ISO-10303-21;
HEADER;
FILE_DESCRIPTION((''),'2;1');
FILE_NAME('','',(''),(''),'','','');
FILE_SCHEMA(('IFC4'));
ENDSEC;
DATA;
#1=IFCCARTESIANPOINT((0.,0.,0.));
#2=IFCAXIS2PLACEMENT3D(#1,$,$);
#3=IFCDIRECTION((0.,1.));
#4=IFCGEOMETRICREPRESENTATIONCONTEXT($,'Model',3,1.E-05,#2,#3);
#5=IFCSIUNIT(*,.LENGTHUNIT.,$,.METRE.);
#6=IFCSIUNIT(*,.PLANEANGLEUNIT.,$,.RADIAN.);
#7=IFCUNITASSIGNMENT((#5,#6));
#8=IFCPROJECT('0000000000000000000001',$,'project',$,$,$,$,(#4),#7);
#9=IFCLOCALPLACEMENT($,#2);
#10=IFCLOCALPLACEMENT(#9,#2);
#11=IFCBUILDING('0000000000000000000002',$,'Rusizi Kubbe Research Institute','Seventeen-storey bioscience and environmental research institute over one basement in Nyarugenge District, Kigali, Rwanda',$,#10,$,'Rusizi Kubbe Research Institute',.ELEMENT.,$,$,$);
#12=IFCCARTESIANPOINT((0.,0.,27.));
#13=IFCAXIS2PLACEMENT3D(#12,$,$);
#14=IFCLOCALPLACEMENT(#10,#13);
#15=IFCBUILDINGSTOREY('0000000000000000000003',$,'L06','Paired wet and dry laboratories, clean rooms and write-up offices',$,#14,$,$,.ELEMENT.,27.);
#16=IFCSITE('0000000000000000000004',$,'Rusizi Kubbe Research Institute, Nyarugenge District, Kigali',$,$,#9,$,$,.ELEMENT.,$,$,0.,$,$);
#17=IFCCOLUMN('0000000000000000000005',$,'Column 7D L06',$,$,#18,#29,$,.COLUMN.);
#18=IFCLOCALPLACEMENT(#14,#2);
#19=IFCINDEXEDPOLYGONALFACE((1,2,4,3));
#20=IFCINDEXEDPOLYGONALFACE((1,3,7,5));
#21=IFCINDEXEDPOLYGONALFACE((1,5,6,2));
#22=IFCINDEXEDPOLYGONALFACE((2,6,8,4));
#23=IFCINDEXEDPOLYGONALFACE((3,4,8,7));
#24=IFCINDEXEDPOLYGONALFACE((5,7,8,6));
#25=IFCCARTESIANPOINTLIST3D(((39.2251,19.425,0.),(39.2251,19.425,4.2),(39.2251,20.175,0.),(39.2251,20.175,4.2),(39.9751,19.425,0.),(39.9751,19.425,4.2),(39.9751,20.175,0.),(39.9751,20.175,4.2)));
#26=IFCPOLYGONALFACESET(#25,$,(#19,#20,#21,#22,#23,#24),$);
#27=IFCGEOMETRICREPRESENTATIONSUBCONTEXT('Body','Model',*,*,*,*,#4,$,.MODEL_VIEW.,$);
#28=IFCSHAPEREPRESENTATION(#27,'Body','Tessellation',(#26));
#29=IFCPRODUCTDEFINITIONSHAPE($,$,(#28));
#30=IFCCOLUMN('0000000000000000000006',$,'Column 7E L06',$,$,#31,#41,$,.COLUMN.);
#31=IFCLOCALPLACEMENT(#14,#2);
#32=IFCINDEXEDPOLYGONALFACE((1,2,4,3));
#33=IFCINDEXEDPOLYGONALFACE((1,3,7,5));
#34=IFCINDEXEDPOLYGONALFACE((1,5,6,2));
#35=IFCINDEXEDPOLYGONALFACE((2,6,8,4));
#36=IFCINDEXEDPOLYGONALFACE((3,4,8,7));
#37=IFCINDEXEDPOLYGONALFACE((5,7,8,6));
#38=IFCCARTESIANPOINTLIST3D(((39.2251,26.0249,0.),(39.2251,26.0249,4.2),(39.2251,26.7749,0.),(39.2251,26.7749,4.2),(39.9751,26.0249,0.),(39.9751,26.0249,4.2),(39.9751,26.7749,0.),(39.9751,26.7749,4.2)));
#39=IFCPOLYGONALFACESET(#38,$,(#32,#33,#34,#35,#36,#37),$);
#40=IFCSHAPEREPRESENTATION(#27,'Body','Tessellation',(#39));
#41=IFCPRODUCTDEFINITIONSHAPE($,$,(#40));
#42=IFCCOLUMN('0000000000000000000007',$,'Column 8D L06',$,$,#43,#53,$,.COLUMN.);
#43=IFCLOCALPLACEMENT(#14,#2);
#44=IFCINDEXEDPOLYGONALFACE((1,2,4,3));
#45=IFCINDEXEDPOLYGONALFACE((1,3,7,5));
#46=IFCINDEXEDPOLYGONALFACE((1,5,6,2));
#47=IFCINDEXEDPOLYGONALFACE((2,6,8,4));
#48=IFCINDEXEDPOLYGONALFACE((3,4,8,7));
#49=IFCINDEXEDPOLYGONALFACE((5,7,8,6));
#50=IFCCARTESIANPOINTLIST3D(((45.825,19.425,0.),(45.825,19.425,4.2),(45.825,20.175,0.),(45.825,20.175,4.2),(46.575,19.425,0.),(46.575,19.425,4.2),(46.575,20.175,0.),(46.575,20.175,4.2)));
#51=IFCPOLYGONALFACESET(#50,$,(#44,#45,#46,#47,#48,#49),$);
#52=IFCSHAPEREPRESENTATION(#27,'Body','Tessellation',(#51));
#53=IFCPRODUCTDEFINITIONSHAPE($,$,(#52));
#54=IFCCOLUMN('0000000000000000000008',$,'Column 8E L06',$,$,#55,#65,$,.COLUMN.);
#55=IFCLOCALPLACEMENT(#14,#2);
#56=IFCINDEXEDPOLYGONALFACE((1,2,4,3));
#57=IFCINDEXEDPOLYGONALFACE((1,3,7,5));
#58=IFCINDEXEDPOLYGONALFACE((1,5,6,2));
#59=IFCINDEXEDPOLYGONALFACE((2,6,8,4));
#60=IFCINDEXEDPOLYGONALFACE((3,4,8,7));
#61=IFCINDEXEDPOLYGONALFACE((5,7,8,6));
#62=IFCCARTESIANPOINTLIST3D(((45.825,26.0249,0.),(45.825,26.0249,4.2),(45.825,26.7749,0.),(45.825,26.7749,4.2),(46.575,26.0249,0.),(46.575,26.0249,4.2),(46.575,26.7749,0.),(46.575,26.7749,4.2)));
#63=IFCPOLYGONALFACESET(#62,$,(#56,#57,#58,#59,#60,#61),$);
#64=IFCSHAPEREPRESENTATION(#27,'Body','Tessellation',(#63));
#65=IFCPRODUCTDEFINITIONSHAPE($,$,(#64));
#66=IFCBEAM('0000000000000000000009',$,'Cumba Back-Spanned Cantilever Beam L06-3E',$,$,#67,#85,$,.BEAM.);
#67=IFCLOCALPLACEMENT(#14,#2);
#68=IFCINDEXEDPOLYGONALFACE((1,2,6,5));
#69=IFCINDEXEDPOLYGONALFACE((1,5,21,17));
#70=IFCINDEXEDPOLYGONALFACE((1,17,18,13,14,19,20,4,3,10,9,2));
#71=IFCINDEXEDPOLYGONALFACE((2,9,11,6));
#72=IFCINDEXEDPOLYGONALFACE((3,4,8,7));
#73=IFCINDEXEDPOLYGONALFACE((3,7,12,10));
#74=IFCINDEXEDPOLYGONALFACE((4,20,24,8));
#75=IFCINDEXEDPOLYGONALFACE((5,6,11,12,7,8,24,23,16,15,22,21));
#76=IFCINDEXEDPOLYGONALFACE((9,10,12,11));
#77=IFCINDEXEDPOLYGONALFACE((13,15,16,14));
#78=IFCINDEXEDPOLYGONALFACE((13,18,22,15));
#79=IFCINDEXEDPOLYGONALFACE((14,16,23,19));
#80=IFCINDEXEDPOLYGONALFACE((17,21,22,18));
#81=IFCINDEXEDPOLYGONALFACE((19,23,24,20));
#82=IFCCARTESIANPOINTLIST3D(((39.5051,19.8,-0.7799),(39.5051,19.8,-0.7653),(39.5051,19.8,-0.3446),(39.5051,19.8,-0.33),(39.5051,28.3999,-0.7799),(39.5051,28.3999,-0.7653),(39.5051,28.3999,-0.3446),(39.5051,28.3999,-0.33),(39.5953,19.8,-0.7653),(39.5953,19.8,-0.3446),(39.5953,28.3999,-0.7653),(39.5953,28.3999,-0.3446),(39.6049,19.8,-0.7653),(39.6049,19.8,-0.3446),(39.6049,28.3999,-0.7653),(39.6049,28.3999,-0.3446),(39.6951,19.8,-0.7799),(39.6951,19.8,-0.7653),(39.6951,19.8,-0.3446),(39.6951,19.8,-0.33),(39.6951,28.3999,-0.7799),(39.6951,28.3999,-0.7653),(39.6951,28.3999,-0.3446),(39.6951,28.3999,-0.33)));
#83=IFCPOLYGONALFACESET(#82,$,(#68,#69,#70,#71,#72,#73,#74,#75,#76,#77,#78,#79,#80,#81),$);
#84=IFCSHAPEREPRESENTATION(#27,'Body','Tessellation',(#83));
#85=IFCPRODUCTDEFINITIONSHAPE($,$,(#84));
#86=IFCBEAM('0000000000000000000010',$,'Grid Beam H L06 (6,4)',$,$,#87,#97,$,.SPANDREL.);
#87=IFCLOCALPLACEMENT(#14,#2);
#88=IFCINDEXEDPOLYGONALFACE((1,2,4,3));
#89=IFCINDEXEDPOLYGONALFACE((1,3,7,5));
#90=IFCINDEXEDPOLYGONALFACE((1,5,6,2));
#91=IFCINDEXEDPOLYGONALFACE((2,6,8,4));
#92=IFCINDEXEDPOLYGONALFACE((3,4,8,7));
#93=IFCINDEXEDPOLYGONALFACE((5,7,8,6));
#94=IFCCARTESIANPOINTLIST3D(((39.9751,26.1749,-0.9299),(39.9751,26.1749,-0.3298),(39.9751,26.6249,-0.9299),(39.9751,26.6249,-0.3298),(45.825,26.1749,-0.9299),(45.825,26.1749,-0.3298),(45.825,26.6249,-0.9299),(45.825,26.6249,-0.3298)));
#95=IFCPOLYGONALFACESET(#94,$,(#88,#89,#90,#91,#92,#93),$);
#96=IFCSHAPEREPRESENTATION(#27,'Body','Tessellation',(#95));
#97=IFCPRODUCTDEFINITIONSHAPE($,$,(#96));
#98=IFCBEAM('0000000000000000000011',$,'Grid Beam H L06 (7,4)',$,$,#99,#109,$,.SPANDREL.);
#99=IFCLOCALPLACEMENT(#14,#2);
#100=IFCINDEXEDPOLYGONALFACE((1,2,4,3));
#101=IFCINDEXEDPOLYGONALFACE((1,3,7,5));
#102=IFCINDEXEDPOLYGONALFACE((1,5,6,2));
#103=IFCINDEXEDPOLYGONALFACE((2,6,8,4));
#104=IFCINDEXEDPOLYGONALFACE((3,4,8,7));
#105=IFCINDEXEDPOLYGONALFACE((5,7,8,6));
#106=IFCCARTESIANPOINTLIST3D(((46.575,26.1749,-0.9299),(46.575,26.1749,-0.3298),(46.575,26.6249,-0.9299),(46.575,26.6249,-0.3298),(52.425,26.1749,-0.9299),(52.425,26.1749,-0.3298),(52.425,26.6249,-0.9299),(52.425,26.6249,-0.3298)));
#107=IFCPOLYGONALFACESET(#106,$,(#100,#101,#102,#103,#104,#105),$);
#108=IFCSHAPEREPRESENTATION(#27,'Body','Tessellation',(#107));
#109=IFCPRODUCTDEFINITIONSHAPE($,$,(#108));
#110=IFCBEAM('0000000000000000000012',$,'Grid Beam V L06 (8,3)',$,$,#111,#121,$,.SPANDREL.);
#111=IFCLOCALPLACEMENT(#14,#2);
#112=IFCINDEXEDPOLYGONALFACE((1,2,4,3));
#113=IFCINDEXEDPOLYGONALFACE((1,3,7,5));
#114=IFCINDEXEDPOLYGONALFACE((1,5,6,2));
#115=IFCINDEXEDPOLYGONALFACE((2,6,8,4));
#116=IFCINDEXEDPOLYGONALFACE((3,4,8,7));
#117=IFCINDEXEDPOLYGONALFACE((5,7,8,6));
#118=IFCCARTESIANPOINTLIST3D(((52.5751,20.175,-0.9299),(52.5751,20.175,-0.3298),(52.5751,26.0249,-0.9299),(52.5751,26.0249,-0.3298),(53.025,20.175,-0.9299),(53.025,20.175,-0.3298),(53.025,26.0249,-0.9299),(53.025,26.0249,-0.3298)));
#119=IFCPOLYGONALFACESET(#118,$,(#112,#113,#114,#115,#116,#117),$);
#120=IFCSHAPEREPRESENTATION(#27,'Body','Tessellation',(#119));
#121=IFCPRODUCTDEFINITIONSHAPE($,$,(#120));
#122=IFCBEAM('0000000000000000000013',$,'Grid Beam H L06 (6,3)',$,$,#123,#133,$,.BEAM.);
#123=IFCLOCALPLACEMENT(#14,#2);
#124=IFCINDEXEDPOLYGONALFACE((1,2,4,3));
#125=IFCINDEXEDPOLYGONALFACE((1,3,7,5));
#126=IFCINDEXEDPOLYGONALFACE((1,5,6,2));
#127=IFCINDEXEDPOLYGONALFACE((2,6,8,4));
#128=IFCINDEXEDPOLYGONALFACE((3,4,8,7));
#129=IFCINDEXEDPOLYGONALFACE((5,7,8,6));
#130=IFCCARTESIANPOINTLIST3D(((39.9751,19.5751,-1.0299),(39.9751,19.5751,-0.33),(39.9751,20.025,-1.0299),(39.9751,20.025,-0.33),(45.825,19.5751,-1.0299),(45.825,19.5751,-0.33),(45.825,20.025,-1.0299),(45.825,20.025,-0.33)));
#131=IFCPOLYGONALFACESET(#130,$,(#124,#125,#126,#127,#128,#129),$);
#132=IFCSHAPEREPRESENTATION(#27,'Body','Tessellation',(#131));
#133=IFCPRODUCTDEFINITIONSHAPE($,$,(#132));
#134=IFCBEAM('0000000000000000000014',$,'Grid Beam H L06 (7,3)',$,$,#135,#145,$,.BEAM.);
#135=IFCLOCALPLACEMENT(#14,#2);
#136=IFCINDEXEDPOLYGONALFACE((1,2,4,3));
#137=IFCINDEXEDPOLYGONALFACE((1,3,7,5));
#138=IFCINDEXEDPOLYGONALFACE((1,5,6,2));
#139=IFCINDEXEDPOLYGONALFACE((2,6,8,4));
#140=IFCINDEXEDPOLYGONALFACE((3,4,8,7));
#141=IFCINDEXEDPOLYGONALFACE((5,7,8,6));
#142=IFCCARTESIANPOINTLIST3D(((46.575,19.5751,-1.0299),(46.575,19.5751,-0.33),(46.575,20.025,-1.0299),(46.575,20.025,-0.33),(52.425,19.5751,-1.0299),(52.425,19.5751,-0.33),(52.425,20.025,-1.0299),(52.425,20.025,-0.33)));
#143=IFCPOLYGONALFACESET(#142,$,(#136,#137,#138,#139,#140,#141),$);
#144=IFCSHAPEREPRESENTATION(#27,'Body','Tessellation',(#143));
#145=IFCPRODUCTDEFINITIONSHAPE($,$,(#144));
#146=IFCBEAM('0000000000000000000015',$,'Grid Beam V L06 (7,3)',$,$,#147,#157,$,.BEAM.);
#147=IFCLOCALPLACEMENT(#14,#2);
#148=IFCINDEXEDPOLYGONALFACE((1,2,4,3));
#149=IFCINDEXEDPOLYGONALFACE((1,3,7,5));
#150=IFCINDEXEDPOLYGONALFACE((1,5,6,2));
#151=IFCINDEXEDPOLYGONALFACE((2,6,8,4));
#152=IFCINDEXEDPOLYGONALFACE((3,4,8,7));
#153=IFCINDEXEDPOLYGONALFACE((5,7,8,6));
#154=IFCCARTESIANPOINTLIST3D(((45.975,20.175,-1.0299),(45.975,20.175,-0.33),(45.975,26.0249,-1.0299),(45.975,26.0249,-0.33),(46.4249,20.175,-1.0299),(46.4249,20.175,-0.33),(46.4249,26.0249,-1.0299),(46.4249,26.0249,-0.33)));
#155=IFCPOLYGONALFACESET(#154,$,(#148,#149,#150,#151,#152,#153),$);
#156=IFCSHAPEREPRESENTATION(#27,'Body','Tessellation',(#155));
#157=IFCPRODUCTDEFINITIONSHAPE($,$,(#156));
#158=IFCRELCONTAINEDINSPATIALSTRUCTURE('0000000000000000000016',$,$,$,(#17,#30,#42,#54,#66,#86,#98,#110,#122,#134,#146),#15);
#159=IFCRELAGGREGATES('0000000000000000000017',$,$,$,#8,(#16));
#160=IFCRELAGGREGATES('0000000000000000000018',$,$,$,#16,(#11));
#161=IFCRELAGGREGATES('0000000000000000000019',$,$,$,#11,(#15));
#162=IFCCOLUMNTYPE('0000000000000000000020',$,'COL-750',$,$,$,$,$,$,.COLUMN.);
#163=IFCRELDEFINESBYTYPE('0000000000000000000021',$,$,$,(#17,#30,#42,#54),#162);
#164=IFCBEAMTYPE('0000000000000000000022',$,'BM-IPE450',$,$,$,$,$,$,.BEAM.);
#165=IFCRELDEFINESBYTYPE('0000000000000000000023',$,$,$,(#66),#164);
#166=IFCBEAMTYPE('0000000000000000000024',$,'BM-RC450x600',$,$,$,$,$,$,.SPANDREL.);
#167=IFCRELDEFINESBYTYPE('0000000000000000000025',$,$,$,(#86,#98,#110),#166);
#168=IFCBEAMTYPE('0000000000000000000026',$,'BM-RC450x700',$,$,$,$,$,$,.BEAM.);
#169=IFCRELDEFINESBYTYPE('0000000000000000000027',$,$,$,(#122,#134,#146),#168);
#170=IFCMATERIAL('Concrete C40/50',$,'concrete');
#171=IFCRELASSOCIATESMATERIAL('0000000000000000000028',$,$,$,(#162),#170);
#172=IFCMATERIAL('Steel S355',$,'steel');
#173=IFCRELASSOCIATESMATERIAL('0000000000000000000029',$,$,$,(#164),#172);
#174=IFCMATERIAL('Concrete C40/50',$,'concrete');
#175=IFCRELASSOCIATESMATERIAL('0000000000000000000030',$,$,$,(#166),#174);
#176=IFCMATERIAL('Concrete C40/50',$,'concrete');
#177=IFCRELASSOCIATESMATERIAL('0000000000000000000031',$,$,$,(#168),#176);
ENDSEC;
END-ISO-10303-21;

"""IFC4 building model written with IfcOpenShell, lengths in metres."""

from ifc_helpers import new_model, si_unit, direction, frame, origin, origin_2d, place, context, subcontext, project, spatial, rectangle, i_section, extrude, material, material_profile, profile_set, type_object, element, save


model = new_model("IFC4")

# Units and contexts
model_context = context("Model", 3, precision=1e-05, world=origin(), true_north=direction((0.0, 1.0)))
body_context = subcontext(model_context, "Body", "Model", "MODEL_VIEW")
ifc_project = project(units=[si_unit("LENGTHUNIT", "METRE"), si_unit("PLANEANGLEUNIT", "RADIAN")], contexts=[model_context])

# Site, building, storey
site_placement = place(None, origin())
site = spatial("IfcSite", under=ifc_project, at=site_placement, Name="Rusizi Kubbe Research Institute, Nyarugenge District, Kigali", CompositionType="ELEMENT", RefElevation=0.0)
building_placement = place(site_placement, origin())
building = spatial("IfcBuilding", under=site, at=building_placement, Name="Rusizi Kubbe Research Institute", Description="Seventeen-storey bioscience and environmental research institute over one basement in Nyarugenge District, Kigali, Rwanda", LongName="Rusizi Kubbe Research Institute", CompositionType="ELEMENT")
storey_placement = place(building_placement, frame((0.0, 0.0, 27.0)))
storey = spatial("IfcBuildingStorey", under=building, at=storey_placement, Name="L06", Description="Paired wet and dry laboratories, clean rooms and write-up offices", CompositionType="ELEMENT", Elevation=27.0)

# Columns
ifc_material_1 = material(Name="Concrete C40/50", Category="concrete")
ifc_material_profile_1 = material_profile(ifc_material_1, rectangle(XDim=0.75, YDim=0.75, at=origin_2d()), Name="RC750x750")
ifc_profile_set_1 = profile_set([ifc_material_profile_1], Name="Concrete C40/50")
column_type = type_object("IfcColumnType", Name="COL-750", PredefinedType="COLUMN", material=ifc_profile_set_1)
for number, where, z_axis, x_axis, name in (
    (1, (39.6001, 19.8, 0.0), (0.0, 0.0, 1.0), (1.0, 0.0, 0.0), "Column 7D L06"),
    (2, (39.6001, 26.3999, 0.0), (0.0, 0.0, 1.0), (1.0, 0.0, 0.0), "Column 7E L06"),
    (3, (46.2, 19.8, 0.0), (0.0, 0.0, 1.0), (1.0, 0.0, 0.0), "Column 8D L06"),
    (4, (46.2, 26.3999, 0.0), (0.0, 0.0, 1.0), (1.0, 0.0, 0.0), "Column 8E L06"),
):
    element("IfcColumn", number, at=place(storey_placement, frame(where, z_axis=z_axis, x_axis=x_axis)), inside=storey, type_object=column_type, Name=name, PredefinedType="COLUMN", context=body_context, shape_type="SweptSolid", body=[
        extrude(rectangle(XDim=0.75, YDim=0.75, at=origin_2d()), origin(), (0.0, 0.0, 1.0), 4.2),
    ])

# Beams
ifc_material_2 = material(Name="Steel S355", Category="steel")
ifc_material_profile_2 = material_profile(ifc_material_2, i_section(OverallWidth=0.1899, OverallDepth=0.45, WebThickness=0.0095, FlangeThickness=0.0146, at=origin_2d()), Name="IPE 450")
ifc_profile_set_2 = profile_set([ifc_material_profile_2], Name="Steel S355")
beam_type_1 = type_object("IfcBeamType", Name="BM-IPE450", PredefinedType="BEAM", material=ifc_profile_set_2)
beam_1_placement = place(storey_placement, frame((39.6001, 19.8, -0.5549), z_axis=(0.0, 1.0, 0.0), x_axis=(-1.0, 0.0, 0.0)))
element("IfcBeam", 5, at=beam_1_placement, inside=storey, type_object=beam_type_1, Name="Cumba Back-Spanned Cantilever Beam L06-3E", PredefinedType="BEAM", context=body_context, shape_type="SweptSolid", body=[
    extrude(i_section(OverallWidth=0.1899, OverallDepth=0.45, WebThickness=0.0095, FlangeThickness=0.0146, at=origin_2d()), origin(), (0.0, 0.0, 1.0), 8.5999),
])
ifc_material_3 = material(Name="Concrete C40/50", Category="concrete")
ifc_material_profile_3 = material_profile(ifc_material_3, rectangle(XDim=0.45, YDim=0.6001, at=origin_2d()), Name="RC450x600")
ifc_profile_set_3 = profile_set([ifc_material_profile_3], Name="Concrete C40/50")
beam_type_2 = type_object("IfcBeamType", Name="BM-RC450x600", PredefinedType="SPANDREL", material=ifc_profile_set_3)
beam_2_placement = place(storey_placement, frame((39.9751, 26.3999, -0.6299), z_axis=(1.0, 0.0, 0.0), x_axis=(0.0, 1.0, 0.0)))
element("IfcBeam", 6, at=beam_2_placement, inside=storey, type_object=beam_type_2, Name="Grid Beam H L06 (6,4)", PredefinedType="SPANDREL", context=body_context, shape_type="SweptSolid", body=[
    extrude(rectangle(XDim=0.45, YDim=0.6001, at=origin_2d()), origin(), (0.0, 0.0, 1.0), 5.8499),
])
beam_3_placement = place(storey_placement, frame((46.575, 26.3999, -0.6299), z_axis=(1.0, 0.0, 0.0), x_axis=(0.0, 1.0, 0.0)))
element("IfcBeam", 7, at=beam_3_placement, inside=storey, type_object=beam_type_2, Name="Grid Beam H L06 (7,4)", PredefinedType="SPANDREL", context=body_context, shape_type="SweptSolid", body=[
    extrude(rectangle(XDim=0.45, YDim=0.6001, at=origin_2d()), origin(), (0.0, 0.0, 1.0), 5.8501),
])
beam_4_placement = place(storey_placement, frame((52.8, 20.175, -0.6299), z_axis=(0.0, 1.0, 0.0), x_axis=(-1.0, 0.0, 0.0)))
element("IfcBeam", 8, at=beam_4_placement, inside=storey, type_object=beam_type_2, Name="Grid Beam V L06 (8,3)", PredefinedType="SPANDREL", context=body_context, shape_type="SweptSolid", body=[
    extrude(rectangle(XDim=0.45, YDim=0.6001, at=origin_2d()), origin(), (0.0, 0.0, 1.0), 5.8499),
])
ifc_material_4 = material(Name="Concrete C40/50", Category="concrete")
ifc_material_profile_4 = material_profile(ifc_material_4, rectangle(XDim=0.45, YDim=0.7, at=origin_2d()), Name="RC450x700B")
ifc_profile_set_4 = profile_set([ifc_material_profile_4], Name="Concrete C40/50")
beam_type_3 = type_object("IfcBeamType", Name="BM-RC450x700", PredefinedType="BEAM", material=ifc_profile_set_4)
beam_5_placement = place(storey_placement, frame((39.9751, 19.8, -0.6799), z_axis=(1.0, 0.0, 0.0), x_axis=(0.0, 1.0, 0.0)))
element("IfcBeam", 9, at=beam_5_placement, inside=storey, type_object=beam_type_3, Name="Grid Beam H L06 (6,3)", PredefinedType="BEAM", context=body_context, shape_type="SweptSolid", body=[
    extrude(rectangle(XDim=0.45, YDim=0.7, at=origin_2d()), origin(), (0.0, 0.0, 1.0), 5.8499),
])
beam_6_placement = place(storey_placement, frame((46.575, 19.8, -0.6799), z_axis=(1.0, 0.0, 0.0), x_axis=(0.0, 1.0, 0.0)))
element("IfcBeam", 10, at=beam_6_placement, inside=storey, type_object=beam_type_3, Name="Grid Beam H L06 (7,3)", PredefinedType="BEAM", context=body_context, shape_type="SweptSolid", body=[
    extrude(rectangle(XDim=0.45, YDim=0.7, at=origin_2d()), origin(), (0.0, 0.0, 1.0), 5.8501),
])
beam_7_placement = place(storey_placement, frame((46.2, 20.175, -0.6799), z_axis=(0.0, 1.0, 0.0), x_axis=(-1.0, 0.0, 0.0)))
element("IfcBeam", 11, at=beam_7_placement, inside=storey, type_object=beam_type_3, Name="Grid Beam V L06 (7,3)", PredefinedType="BEAM", context=body_context, shape_type="SweptSolid", body=[
    extrude(rectangle(XDim=0.45, YDim=0.7, at=origin_2d()), origin(), (0.0, 0.0, 1.0), 5.8499),
])

save(model, "model.ifc")
